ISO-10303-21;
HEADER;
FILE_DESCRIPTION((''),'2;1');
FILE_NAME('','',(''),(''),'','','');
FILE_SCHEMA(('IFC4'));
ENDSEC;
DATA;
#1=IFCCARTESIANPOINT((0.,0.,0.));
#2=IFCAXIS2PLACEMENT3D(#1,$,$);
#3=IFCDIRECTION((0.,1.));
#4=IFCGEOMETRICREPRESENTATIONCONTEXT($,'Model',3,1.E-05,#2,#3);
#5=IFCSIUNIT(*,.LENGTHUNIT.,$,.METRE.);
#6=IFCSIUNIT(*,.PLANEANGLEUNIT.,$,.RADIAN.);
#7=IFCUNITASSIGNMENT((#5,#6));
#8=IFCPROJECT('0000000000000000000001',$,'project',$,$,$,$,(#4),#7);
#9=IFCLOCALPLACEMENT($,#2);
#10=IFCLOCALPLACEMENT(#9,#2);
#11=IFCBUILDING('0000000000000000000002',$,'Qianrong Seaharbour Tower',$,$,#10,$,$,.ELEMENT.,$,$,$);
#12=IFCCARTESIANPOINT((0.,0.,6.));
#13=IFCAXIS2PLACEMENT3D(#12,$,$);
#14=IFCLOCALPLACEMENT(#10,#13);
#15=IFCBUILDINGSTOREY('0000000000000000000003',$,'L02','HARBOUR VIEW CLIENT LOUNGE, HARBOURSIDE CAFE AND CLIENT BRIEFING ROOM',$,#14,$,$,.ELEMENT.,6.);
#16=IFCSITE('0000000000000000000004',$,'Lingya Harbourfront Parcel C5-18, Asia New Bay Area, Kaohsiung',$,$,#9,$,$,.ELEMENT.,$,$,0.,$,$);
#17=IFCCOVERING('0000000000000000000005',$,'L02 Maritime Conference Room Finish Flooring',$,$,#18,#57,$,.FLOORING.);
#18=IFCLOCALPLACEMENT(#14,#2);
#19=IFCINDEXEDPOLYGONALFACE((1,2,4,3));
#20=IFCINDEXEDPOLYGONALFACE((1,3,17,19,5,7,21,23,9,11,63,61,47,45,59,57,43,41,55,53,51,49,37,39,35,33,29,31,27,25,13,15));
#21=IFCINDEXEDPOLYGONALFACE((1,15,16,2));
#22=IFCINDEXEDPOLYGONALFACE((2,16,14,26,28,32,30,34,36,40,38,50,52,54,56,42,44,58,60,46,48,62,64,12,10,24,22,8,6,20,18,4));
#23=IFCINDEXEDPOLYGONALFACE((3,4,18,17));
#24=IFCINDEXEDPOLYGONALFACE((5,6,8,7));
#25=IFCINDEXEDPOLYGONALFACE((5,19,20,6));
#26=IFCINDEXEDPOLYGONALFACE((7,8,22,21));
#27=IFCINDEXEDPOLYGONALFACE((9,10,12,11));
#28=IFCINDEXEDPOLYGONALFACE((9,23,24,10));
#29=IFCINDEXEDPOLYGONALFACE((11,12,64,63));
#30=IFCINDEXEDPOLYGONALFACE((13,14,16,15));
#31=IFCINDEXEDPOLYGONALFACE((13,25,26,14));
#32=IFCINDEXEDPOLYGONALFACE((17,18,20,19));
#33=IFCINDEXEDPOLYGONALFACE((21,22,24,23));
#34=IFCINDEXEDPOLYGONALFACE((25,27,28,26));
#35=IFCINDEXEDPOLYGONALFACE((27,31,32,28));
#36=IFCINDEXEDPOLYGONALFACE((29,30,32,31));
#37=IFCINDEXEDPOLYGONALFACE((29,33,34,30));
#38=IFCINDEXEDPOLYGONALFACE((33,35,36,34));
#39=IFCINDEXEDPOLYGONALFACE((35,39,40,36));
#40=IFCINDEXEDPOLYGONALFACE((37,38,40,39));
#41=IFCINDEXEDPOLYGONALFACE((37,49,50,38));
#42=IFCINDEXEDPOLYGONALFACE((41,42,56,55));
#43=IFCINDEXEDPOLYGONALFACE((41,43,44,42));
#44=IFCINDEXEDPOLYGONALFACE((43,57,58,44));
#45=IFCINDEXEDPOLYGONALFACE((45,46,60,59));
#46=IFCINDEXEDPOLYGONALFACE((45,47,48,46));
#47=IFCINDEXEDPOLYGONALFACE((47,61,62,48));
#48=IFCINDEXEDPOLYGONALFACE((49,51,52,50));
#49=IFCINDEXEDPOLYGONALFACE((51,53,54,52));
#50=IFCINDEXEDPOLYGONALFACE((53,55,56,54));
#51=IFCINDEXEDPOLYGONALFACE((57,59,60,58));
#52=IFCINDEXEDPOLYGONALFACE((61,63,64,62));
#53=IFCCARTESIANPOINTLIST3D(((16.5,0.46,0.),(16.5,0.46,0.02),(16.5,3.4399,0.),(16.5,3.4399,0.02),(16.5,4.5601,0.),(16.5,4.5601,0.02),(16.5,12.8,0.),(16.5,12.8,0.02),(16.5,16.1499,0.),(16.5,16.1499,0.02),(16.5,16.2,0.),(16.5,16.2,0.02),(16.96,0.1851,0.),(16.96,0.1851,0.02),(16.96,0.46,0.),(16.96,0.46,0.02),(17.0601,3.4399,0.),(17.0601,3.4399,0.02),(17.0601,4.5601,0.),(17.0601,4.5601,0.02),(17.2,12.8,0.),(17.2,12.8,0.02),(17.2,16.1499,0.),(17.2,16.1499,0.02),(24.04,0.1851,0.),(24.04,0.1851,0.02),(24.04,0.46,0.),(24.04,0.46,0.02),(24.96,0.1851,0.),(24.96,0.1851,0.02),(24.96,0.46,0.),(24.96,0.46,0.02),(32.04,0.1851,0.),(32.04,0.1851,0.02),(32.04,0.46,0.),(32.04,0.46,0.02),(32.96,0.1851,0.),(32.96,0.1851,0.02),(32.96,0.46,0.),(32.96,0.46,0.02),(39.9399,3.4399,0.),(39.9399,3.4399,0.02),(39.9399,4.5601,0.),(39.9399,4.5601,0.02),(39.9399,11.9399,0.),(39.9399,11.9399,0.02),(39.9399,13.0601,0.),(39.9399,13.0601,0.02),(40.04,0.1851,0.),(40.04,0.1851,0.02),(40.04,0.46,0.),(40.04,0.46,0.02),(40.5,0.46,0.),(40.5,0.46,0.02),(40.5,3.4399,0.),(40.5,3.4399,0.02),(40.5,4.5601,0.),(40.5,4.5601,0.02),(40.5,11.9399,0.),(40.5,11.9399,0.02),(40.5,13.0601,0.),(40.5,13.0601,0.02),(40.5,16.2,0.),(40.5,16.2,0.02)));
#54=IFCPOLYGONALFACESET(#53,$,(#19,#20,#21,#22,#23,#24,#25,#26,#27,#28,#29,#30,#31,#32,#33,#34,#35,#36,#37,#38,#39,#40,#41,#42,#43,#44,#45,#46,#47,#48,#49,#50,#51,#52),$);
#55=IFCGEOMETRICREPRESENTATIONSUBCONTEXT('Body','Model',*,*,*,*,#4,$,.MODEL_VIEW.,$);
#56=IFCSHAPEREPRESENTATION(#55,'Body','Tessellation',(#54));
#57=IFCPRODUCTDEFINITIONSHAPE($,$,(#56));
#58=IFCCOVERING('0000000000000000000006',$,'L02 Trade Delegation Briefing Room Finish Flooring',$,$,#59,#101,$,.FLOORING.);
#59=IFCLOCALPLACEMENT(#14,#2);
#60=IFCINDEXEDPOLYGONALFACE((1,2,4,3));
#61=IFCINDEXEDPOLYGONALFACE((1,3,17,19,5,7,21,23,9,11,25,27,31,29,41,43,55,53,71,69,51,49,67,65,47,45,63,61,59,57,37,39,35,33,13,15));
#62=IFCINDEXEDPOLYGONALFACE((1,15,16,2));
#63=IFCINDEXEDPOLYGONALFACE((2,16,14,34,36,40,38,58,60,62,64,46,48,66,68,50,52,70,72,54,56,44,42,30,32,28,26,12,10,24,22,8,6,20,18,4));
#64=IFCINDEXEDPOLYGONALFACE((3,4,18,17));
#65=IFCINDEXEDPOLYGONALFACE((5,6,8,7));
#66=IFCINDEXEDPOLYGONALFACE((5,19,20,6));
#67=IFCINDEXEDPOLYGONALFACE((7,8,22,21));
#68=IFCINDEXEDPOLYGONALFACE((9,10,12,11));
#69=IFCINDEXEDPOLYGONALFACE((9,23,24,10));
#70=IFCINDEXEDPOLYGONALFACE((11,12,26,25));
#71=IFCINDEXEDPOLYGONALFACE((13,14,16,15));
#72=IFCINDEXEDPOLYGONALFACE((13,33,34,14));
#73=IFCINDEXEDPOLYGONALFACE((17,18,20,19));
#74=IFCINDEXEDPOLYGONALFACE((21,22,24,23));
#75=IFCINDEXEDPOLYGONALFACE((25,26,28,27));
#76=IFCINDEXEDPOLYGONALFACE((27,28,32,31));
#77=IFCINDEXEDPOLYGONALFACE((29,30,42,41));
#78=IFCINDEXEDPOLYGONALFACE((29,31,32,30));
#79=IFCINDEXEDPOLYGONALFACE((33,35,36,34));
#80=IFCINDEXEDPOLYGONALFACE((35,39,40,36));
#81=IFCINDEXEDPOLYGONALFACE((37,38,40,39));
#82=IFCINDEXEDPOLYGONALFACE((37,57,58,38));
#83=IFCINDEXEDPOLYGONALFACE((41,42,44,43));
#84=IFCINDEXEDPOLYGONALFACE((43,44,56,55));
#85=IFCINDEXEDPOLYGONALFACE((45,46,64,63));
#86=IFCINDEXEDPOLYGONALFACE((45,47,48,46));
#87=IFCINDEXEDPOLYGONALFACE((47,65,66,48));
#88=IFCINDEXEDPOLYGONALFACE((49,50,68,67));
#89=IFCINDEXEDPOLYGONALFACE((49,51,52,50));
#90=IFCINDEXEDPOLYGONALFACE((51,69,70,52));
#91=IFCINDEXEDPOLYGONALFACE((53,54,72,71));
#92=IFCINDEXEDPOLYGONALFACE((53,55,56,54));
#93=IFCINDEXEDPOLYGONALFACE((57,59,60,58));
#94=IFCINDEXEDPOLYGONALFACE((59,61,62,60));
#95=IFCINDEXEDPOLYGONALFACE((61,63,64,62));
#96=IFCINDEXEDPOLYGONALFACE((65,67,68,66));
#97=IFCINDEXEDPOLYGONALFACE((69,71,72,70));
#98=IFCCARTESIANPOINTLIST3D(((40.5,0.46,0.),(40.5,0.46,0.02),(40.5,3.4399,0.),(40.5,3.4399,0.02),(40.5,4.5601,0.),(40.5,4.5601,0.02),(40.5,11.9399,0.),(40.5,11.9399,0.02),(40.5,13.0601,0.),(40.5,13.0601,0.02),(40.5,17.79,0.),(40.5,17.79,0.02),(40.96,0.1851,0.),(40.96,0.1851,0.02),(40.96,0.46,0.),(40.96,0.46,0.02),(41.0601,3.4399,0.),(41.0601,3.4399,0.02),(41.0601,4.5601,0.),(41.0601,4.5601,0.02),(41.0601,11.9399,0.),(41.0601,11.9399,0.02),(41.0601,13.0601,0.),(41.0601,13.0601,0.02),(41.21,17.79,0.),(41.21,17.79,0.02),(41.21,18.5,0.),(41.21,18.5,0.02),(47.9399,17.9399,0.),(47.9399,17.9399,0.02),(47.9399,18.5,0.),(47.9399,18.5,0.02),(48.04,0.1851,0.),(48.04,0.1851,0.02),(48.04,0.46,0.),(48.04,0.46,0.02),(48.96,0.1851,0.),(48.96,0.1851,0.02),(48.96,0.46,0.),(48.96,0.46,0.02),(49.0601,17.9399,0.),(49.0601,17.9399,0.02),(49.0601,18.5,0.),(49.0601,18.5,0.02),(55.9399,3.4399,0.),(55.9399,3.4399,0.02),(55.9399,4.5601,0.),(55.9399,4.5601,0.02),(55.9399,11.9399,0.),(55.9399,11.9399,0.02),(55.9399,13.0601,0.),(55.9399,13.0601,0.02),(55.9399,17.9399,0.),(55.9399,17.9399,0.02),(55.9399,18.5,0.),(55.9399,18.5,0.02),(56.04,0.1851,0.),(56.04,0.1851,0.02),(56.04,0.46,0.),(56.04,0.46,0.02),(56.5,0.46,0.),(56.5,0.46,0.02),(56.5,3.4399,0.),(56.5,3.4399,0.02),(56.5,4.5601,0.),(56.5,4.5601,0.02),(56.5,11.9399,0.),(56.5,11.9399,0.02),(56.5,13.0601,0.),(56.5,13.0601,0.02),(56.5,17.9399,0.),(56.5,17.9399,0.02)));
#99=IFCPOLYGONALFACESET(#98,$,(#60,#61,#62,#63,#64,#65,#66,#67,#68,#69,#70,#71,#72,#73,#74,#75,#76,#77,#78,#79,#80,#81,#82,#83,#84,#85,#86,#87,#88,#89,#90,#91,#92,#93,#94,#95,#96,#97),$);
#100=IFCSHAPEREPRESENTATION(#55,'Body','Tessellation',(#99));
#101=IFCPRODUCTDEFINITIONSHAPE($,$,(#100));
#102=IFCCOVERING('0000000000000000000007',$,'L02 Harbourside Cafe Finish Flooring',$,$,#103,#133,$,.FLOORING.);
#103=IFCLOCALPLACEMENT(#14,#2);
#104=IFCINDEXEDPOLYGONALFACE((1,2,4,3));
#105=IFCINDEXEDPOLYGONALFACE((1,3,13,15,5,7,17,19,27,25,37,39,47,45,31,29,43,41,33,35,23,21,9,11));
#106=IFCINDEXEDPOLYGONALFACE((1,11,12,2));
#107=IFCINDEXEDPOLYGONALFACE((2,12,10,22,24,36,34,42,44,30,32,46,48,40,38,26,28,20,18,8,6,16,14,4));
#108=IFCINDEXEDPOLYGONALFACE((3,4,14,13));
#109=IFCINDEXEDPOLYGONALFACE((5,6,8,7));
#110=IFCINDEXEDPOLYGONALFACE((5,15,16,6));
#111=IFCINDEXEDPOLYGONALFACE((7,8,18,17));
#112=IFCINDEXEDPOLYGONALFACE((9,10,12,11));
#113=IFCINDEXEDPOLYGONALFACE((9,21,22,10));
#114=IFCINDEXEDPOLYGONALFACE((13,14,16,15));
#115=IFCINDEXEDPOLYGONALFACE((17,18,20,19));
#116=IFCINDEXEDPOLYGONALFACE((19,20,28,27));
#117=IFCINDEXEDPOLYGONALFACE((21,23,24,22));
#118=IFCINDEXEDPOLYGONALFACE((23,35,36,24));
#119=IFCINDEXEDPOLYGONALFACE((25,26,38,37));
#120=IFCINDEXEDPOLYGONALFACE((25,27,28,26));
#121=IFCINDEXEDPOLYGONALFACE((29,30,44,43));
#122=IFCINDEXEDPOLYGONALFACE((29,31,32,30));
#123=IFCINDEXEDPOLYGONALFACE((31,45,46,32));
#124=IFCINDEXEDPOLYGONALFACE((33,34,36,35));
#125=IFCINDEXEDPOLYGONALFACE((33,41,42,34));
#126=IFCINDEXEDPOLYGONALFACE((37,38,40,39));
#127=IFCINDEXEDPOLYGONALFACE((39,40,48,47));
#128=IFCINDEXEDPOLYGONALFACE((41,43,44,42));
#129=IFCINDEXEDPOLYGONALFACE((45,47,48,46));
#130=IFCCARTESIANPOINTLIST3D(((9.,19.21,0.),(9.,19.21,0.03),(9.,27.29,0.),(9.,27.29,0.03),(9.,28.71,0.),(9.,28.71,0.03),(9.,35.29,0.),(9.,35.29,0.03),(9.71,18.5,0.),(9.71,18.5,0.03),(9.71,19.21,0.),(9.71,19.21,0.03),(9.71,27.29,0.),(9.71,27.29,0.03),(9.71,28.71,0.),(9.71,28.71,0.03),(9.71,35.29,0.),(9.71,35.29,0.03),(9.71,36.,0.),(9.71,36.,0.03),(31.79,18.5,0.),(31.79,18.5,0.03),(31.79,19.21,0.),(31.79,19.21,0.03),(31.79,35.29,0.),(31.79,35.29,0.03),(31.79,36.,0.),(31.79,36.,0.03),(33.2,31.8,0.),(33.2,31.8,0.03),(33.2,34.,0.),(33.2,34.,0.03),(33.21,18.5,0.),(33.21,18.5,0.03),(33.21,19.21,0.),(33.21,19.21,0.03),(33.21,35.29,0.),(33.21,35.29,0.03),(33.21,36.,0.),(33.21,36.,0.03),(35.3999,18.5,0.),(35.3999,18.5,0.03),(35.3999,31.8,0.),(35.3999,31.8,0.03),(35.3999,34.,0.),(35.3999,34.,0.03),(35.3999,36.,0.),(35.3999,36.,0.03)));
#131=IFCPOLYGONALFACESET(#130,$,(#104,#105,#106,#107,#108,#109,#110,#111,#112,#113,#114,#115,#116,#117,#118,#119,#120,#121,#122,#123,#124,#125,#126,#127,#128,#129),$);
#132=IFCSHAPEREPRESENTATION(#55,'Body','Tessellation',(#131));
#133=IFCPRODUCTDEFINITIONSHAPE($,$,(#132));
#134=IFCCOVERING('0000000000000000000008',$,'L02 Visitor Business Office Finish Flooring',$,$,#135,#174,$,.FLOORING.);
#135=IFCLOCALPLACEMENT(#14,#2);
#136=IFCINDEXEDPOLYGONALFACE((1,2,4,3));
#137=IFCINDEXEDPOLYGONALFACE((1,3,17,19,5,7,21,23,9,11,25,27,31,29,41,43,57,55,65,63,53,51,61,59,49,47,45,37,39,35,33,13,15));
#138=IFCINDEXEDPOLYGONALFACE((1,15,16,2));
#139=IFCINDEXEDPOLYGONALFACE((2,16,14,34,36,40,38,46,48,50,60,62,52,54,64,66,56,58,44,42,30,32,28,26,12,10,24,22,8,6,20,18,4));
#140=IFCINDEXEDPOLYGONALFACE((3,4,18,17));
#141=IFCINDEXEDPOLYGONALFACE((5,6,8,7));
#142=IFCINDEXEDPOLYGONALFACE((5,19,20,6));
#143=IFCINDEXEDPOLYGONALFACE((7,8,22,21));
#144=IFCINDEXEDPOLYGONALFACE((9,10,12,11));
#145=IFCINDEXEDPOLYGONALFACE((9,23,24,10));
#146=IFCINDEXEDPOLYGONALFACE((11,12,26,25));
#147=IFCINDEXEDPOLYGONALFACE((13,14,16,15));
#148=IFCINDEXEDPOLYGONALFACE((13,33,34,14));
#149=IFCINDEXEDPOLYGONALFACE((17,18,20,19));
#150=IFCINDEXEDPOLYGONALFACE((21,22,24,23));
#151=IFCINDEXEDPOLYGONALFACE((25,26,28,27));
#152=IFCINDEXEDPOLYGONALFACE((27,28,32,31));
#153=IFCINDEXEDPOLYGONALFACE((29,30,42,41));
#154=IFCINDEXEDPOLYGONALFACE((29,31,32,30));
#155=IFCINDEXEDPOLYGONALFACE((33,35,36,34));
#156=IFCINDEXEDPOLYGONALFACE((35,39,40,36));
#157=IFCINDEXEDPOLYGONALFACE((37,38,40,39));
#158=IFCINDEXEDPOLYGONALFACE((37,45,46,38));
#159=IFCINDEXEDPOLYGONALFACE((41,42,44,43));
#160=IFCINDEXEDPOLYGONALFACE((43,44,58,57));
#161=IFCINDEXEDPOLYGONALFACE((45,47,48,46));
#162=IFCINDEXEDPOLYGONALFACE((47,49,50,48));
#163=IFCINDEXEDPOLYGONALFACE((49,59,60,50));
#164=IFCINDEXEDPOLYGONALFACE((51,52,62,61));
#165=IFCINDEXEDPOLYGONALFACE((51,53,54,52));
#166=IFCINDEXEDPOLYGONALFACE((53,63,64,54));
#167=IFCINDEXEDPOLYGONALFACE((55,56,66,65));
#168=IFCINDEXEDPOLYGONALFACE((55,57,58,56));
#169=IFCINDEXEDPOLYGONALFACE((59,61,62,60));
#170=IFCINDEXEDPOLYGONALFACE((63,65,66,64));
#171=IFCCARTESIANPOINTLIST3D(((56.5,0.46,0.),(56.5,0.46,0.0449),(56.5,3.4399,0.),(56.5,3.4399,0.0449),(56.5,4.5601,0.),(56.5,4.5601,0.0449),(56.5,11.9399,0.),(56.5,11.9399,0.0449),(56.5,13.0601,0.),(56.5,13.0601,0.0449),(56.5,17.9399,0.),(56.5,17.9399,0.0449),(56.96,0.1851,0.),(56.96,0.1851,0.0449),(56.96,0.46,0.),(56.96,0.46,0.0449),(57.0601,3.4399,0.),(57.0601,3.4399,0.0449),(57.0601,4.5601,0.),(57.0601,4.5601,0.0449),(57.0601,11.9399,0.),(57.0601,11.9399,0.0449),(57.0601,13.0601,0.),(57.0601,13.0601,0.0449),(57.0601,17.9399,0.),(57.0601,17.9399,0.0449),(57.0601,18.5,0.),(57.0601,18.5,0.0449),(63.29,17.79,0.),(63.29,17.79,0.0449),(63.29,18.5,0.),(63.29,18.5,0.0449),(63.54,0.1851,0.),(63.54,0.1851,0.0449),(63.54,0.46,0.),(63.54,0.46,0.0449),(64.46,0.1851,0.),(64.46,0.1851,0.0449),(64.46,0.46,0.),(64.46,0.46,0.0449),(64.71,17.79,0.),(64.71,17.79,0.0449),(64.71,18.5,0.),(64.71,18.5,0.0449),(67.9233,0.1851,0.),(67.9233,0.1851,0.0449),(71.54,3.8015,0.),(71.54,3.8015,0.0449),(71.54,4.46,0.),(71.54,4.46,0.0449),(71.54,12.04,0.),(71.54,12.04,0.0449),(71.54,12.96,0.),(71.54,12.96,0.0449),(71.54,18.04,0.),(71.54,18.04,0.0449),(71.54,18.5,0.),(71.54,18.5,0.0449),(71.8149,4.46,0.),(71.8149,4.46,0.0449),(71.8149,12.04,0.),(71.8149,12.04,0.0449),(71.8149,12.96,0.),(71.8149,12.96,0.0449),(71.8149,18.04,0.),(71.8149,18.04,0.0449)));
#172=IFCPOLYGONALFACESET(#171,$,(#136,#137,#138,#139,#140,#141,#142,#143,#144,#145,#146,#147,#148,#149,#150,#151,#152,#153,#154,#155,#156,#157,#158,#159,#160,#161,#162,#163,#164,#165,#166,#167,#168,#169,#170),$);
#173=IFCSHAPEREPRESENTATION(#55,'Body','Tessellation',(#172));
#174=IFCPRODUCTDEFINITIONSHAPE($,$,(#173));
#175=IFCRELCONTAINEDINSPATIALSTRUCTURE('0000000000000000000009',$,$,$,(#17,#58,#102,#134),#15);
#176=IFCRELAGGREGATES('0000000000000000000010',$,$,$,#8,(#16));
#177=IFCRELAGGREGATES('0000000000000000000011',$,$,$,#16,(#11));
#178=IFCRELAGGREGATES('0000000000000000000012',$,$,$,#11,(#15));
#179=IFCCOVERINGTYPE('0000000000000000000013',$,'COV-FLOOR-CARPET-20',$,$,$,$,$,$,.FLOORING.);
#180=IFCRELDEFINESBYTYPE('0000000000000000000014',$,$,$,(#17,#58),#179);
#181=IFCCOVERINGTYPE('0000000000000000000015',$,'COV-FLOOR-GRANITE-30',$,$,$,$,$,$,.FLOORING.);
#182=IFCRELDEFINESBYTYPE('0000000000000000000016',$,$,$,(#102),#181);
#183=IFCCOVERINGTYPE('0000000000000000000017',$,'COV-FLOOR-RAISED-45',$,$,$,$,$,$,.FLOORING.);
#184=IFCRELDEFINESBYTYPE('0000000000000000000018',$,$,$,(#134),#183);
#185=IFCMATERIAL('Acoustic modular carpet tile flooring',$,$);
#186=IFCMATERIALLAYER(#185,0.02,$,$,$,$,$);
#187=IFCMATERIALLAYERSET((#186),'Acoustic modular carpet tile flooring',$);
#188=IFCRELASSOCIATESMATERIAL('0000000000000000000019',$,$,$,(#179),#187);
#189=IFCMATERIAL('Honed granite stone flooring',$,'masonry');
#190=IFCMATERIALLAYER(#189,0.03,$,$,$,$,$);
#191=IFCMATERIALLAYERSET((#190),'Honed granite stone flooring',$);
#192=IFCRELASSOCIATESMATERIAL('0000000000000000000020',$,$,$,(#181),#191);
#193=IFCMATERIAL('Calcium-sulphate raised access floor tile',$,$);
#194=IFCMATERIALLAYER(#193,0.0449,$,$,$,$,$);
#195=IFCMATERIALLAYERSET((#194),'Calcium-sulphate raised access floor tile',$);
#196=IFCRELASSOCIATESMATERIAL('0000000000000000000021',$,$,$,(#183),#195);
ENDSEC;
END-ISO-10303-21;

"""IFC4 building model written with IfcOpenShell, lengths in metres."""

from ifc_helpers import new_model, si_unit, direction, frame, origin, place, context, subcontext, project, spatial, polyline, outline, extrude, material, layer, layer_set, type_object, element, save


model = new_model("IFC4")

# Units and contexts
model_context = context("Model", 3, precision=1e-05, world=origin(), true_north=direction((0.0, 1.0)))
body_context = subcontext(model_context, "Body", "Model", "MODEL_VIEW")
ifc_project = project(units=[si_unit("LENGTHUNIT", "METRE"), si_unit("PLANEANGLEUNIT", "RADIAN")], contexts=[model_context])

# Site, building, storey
site_placement = place(None, origin())
site = spatial("IfcSite", under=ifc_project, at=site_placement, Name="Lingya Harbourfront Parcel C5-18, Asia New Bay Area, Kaohsiung", CompositionType="ELEMENT", RefElevation=0.0)
building_placement = place(site_placement, origin())
building = spatial("IfcBuilding", under=site, at=building_placement, Name="Qianrong Seaharbour Tower", CompositionType="ELEMENT")
storey_placement = place(building_placement, frame((0.0, 0.0, 6.0)))
storey = spatial("IfcBuildingStorey", under=building, at=storey_placement, Name="L02", Description="HARBOUR VIEW CLIENT LOUNGE, HARBOURSIDE CAFE AND CLIENT BRIEFING ROOM", CompositionType="ELEMENT", Elevation=6.0)

# Coverings
ifc_material_1 = material(Name="Acoustic modular carpet tile flooring")
ifc_layer_1 = layer(ifc_material_1, 0.02)
ifc_layer_set_1 = layer_set([ifc_layer_1], Name="Acoustic modular carpet tile flooring")
covering_type_1 = type_object("IfcCoveringType", Name="COV-FLOOR-CARPET-20", PredefinedType="FLOORING", material=ifc_layer_set_1)
covering_1_placement = place(storey_placement, origin())
element("IfcCovering", 1, at=covering_1_placement, inside=storey, type_object=covering_type_1, Name="L02 Maritime Conference Room Finish Flooring", PredefinedType="FLOORING", context=body_context, shape_type="SweptSolid", body=[
    extrude(outline(polyline([(40.5, 13.0601), (39.9399, 13.0601), (39.9399, 11.9399), (40.5, 11.9399), (40.5, 4.5601), (39.9399, 4.5601), (39.9399, 3.4399), (40.5, 3.4399), (40.5, 0.46), (40.04, 0.46), (40.04, 0.1851), (32.96, 0.1851), (32.96, 0.46), (32.04, 0.46), (32.04, 0.1851), (24.96, 0.1851), (24.96, 0.46), (24.04, 0.46), (24.04, 0.1851), (16.96, 0.1851), (16.96, 0.46), (16.5, 0.46), (16.5, 3.4399), (17.0601, 3.4399), (17.0601, 4.5601), (16.5, 4.5601), (16.5, 12.8), (17.2, 12.8), (17.2, 16.1499), (16.5, 16.1499), (16.5, 16.2), (40.5, 16.2), (40.5, 13.0601)])), origin(), (0.0, 0.0, 1.0), 0.02),
])
covering_2_placement = place(storey_placement, origin())
element("IfcCovering", 2, at=covering_2_placement, inside=storey, type_object=covering_type_1, Name="L02 Trade Delegation Briefing Room Finish Flooring", PredefinedType="FLOORING", context=body_context, shape_type="SweptSolid", body=[
    extrude(outline(polyline([(56.5, 13.0601), (55.9399, 13.0601), (55.9399, 11.9399), (56.5, 11.9399), (56.5, 4.5601), (55.9399, 4.5601), (55.9399, 3.4399), (56.5, 3.4399), (56.5, 0.46), (56.04, 0.46), (56.04, 0.1851), (48.96, 0.1851), (48.96, 0.46), (48.04, 0.46), (48.04, 0.1851), (40.96, 0.1851), (40.96, 0.46), (40.5, 0.46), (40.5, 3.4399), (41.0601, 3.4399), (41.0601, 4.5601), (40.5, 4.5601), (40.5, 11.9399), (41.0601, 11.9399), (41.0601, 13.0601), (40.5, 13.0601), (40.5, 17.79), (41.21, 17.79), (41.21, 18.5), (47.9399, 18.5), (47.9399, 17.9399), (49.0601, 17.9399), (49.0601, 18.5), (55.9399, 18.5), (55.9399, 17.9399), (56.5, 17.9399), (56.5, 13.0601)])), origin(), (0.0, 0.0, 1.0), 0.02),
])
ifc_material_2 = material(Name="Honed granite stone flooring", Category="masonry")
ifc_layer_2 = layer(ifc_material_2, 0.03)
ifc_layer_set_2 = layer_set([ifc_layer_2], Name="Honed granite stone flooring")
covering_type_2 = type_object("IfcCoveringType", Name="COV-FLOOR-GRANITE-30", PredefinedType="FLOORING", material=ifc_layer_set_2)
covering_3_placement = place(storey_placement, origin())
element("IfcCovering", 3, at=covering_3_placement, inside=storey, type_object=covering_type_2, Name="L02 Harbourside Cafe Finish Flooring", PredefinedType="FLOORING", context=body_context, shape_type="SweptSolid", body=[
    extrude(outline(polyline([(31.79, 36.0), (31.79, 35.29), (33.21, 35.29), (33.21, 36.0), (35.3999, 36.0), (35.3999, 34.0), (33.2, 34.0), (33.2, 31.8), (35.3999, 31.8), (35.3999, 18.5), (33.21, 18.5), (33.21, 19.21), (31.79, 19.21), (31.79, 18.5), (9.71, 18.5), (9.71, 19.21), (9.0, 19.21), (9.0, 27.29), (9.71, 27.29), (9.71, 28.71), (9.0, 28.71), (9.0, 35.29), (9.71, 35.29), (9.71, 36.0), (31.79, 36.0)])), origin(), (0.0, 0.0, 1.0), 0.03),
])
ifc_material_3 = material(Name="Calcium-sulphate raised access floor tile")
ifc_layer_3 = layer(ifc_material_3, 0.0449)
ifc_layer_set_3 = layer_set([ifc_layer_3], Name="Calcium-sulphate raised access floor tile")
covering_type_3 = type_object("IfcCoveringType", Name="COV-FLOOR-RAISED-45", PredefinedType="FLOORING", material=ifc_layer_set_3)
covering_4_placement = place(storey_placement, origin())
element("IfcCovering", 4, at=covering_4_placement, inside=storey, type_object=covering_type_3, Name="L02 Visitor Business Office Finish Flooring", PredefinedType="FLOORING", context=body_context, shape_type="SweptSolid", body=[
    extrude(outline(polyline([(71.8149, 12.96), (71.54, 12.96), (71.54, 12.04), (71.8149, 12.04), (71.8149, 4.46), (71.54, 4.46), (71.54, 3.8015), (67.9233, 0.1851), (64.46, 0.1851), (64.46, 0.46), (63.54, 0.46), (63.54, 0.1851), (56.96, 0.1851), (56.96, 0.46), (56.5, 0.46), (56.5, 3.4399), (57.0601, 3.4399), (57.0601, 4.5601), (56.5, 4.5601), (56.5, 11.9399), (57.0601, 11.9399), (57.0601, 13.0601), (56.5, 13.0601), (56.5, 17.9399), (57.0601, 17.9399), (57.0601, 18.5), (63.29, 18.5), (63.29, 17.79), (64.71, 17.79), (64.71, 18.5), (71.54, 18.5), (71.54, 18.04), (71.8149, 18.04), (71.8149, 12.96)])), origin(), (0.0, 0.0, 1.0), 0.0449),
])

save(model, "model.ifc")
